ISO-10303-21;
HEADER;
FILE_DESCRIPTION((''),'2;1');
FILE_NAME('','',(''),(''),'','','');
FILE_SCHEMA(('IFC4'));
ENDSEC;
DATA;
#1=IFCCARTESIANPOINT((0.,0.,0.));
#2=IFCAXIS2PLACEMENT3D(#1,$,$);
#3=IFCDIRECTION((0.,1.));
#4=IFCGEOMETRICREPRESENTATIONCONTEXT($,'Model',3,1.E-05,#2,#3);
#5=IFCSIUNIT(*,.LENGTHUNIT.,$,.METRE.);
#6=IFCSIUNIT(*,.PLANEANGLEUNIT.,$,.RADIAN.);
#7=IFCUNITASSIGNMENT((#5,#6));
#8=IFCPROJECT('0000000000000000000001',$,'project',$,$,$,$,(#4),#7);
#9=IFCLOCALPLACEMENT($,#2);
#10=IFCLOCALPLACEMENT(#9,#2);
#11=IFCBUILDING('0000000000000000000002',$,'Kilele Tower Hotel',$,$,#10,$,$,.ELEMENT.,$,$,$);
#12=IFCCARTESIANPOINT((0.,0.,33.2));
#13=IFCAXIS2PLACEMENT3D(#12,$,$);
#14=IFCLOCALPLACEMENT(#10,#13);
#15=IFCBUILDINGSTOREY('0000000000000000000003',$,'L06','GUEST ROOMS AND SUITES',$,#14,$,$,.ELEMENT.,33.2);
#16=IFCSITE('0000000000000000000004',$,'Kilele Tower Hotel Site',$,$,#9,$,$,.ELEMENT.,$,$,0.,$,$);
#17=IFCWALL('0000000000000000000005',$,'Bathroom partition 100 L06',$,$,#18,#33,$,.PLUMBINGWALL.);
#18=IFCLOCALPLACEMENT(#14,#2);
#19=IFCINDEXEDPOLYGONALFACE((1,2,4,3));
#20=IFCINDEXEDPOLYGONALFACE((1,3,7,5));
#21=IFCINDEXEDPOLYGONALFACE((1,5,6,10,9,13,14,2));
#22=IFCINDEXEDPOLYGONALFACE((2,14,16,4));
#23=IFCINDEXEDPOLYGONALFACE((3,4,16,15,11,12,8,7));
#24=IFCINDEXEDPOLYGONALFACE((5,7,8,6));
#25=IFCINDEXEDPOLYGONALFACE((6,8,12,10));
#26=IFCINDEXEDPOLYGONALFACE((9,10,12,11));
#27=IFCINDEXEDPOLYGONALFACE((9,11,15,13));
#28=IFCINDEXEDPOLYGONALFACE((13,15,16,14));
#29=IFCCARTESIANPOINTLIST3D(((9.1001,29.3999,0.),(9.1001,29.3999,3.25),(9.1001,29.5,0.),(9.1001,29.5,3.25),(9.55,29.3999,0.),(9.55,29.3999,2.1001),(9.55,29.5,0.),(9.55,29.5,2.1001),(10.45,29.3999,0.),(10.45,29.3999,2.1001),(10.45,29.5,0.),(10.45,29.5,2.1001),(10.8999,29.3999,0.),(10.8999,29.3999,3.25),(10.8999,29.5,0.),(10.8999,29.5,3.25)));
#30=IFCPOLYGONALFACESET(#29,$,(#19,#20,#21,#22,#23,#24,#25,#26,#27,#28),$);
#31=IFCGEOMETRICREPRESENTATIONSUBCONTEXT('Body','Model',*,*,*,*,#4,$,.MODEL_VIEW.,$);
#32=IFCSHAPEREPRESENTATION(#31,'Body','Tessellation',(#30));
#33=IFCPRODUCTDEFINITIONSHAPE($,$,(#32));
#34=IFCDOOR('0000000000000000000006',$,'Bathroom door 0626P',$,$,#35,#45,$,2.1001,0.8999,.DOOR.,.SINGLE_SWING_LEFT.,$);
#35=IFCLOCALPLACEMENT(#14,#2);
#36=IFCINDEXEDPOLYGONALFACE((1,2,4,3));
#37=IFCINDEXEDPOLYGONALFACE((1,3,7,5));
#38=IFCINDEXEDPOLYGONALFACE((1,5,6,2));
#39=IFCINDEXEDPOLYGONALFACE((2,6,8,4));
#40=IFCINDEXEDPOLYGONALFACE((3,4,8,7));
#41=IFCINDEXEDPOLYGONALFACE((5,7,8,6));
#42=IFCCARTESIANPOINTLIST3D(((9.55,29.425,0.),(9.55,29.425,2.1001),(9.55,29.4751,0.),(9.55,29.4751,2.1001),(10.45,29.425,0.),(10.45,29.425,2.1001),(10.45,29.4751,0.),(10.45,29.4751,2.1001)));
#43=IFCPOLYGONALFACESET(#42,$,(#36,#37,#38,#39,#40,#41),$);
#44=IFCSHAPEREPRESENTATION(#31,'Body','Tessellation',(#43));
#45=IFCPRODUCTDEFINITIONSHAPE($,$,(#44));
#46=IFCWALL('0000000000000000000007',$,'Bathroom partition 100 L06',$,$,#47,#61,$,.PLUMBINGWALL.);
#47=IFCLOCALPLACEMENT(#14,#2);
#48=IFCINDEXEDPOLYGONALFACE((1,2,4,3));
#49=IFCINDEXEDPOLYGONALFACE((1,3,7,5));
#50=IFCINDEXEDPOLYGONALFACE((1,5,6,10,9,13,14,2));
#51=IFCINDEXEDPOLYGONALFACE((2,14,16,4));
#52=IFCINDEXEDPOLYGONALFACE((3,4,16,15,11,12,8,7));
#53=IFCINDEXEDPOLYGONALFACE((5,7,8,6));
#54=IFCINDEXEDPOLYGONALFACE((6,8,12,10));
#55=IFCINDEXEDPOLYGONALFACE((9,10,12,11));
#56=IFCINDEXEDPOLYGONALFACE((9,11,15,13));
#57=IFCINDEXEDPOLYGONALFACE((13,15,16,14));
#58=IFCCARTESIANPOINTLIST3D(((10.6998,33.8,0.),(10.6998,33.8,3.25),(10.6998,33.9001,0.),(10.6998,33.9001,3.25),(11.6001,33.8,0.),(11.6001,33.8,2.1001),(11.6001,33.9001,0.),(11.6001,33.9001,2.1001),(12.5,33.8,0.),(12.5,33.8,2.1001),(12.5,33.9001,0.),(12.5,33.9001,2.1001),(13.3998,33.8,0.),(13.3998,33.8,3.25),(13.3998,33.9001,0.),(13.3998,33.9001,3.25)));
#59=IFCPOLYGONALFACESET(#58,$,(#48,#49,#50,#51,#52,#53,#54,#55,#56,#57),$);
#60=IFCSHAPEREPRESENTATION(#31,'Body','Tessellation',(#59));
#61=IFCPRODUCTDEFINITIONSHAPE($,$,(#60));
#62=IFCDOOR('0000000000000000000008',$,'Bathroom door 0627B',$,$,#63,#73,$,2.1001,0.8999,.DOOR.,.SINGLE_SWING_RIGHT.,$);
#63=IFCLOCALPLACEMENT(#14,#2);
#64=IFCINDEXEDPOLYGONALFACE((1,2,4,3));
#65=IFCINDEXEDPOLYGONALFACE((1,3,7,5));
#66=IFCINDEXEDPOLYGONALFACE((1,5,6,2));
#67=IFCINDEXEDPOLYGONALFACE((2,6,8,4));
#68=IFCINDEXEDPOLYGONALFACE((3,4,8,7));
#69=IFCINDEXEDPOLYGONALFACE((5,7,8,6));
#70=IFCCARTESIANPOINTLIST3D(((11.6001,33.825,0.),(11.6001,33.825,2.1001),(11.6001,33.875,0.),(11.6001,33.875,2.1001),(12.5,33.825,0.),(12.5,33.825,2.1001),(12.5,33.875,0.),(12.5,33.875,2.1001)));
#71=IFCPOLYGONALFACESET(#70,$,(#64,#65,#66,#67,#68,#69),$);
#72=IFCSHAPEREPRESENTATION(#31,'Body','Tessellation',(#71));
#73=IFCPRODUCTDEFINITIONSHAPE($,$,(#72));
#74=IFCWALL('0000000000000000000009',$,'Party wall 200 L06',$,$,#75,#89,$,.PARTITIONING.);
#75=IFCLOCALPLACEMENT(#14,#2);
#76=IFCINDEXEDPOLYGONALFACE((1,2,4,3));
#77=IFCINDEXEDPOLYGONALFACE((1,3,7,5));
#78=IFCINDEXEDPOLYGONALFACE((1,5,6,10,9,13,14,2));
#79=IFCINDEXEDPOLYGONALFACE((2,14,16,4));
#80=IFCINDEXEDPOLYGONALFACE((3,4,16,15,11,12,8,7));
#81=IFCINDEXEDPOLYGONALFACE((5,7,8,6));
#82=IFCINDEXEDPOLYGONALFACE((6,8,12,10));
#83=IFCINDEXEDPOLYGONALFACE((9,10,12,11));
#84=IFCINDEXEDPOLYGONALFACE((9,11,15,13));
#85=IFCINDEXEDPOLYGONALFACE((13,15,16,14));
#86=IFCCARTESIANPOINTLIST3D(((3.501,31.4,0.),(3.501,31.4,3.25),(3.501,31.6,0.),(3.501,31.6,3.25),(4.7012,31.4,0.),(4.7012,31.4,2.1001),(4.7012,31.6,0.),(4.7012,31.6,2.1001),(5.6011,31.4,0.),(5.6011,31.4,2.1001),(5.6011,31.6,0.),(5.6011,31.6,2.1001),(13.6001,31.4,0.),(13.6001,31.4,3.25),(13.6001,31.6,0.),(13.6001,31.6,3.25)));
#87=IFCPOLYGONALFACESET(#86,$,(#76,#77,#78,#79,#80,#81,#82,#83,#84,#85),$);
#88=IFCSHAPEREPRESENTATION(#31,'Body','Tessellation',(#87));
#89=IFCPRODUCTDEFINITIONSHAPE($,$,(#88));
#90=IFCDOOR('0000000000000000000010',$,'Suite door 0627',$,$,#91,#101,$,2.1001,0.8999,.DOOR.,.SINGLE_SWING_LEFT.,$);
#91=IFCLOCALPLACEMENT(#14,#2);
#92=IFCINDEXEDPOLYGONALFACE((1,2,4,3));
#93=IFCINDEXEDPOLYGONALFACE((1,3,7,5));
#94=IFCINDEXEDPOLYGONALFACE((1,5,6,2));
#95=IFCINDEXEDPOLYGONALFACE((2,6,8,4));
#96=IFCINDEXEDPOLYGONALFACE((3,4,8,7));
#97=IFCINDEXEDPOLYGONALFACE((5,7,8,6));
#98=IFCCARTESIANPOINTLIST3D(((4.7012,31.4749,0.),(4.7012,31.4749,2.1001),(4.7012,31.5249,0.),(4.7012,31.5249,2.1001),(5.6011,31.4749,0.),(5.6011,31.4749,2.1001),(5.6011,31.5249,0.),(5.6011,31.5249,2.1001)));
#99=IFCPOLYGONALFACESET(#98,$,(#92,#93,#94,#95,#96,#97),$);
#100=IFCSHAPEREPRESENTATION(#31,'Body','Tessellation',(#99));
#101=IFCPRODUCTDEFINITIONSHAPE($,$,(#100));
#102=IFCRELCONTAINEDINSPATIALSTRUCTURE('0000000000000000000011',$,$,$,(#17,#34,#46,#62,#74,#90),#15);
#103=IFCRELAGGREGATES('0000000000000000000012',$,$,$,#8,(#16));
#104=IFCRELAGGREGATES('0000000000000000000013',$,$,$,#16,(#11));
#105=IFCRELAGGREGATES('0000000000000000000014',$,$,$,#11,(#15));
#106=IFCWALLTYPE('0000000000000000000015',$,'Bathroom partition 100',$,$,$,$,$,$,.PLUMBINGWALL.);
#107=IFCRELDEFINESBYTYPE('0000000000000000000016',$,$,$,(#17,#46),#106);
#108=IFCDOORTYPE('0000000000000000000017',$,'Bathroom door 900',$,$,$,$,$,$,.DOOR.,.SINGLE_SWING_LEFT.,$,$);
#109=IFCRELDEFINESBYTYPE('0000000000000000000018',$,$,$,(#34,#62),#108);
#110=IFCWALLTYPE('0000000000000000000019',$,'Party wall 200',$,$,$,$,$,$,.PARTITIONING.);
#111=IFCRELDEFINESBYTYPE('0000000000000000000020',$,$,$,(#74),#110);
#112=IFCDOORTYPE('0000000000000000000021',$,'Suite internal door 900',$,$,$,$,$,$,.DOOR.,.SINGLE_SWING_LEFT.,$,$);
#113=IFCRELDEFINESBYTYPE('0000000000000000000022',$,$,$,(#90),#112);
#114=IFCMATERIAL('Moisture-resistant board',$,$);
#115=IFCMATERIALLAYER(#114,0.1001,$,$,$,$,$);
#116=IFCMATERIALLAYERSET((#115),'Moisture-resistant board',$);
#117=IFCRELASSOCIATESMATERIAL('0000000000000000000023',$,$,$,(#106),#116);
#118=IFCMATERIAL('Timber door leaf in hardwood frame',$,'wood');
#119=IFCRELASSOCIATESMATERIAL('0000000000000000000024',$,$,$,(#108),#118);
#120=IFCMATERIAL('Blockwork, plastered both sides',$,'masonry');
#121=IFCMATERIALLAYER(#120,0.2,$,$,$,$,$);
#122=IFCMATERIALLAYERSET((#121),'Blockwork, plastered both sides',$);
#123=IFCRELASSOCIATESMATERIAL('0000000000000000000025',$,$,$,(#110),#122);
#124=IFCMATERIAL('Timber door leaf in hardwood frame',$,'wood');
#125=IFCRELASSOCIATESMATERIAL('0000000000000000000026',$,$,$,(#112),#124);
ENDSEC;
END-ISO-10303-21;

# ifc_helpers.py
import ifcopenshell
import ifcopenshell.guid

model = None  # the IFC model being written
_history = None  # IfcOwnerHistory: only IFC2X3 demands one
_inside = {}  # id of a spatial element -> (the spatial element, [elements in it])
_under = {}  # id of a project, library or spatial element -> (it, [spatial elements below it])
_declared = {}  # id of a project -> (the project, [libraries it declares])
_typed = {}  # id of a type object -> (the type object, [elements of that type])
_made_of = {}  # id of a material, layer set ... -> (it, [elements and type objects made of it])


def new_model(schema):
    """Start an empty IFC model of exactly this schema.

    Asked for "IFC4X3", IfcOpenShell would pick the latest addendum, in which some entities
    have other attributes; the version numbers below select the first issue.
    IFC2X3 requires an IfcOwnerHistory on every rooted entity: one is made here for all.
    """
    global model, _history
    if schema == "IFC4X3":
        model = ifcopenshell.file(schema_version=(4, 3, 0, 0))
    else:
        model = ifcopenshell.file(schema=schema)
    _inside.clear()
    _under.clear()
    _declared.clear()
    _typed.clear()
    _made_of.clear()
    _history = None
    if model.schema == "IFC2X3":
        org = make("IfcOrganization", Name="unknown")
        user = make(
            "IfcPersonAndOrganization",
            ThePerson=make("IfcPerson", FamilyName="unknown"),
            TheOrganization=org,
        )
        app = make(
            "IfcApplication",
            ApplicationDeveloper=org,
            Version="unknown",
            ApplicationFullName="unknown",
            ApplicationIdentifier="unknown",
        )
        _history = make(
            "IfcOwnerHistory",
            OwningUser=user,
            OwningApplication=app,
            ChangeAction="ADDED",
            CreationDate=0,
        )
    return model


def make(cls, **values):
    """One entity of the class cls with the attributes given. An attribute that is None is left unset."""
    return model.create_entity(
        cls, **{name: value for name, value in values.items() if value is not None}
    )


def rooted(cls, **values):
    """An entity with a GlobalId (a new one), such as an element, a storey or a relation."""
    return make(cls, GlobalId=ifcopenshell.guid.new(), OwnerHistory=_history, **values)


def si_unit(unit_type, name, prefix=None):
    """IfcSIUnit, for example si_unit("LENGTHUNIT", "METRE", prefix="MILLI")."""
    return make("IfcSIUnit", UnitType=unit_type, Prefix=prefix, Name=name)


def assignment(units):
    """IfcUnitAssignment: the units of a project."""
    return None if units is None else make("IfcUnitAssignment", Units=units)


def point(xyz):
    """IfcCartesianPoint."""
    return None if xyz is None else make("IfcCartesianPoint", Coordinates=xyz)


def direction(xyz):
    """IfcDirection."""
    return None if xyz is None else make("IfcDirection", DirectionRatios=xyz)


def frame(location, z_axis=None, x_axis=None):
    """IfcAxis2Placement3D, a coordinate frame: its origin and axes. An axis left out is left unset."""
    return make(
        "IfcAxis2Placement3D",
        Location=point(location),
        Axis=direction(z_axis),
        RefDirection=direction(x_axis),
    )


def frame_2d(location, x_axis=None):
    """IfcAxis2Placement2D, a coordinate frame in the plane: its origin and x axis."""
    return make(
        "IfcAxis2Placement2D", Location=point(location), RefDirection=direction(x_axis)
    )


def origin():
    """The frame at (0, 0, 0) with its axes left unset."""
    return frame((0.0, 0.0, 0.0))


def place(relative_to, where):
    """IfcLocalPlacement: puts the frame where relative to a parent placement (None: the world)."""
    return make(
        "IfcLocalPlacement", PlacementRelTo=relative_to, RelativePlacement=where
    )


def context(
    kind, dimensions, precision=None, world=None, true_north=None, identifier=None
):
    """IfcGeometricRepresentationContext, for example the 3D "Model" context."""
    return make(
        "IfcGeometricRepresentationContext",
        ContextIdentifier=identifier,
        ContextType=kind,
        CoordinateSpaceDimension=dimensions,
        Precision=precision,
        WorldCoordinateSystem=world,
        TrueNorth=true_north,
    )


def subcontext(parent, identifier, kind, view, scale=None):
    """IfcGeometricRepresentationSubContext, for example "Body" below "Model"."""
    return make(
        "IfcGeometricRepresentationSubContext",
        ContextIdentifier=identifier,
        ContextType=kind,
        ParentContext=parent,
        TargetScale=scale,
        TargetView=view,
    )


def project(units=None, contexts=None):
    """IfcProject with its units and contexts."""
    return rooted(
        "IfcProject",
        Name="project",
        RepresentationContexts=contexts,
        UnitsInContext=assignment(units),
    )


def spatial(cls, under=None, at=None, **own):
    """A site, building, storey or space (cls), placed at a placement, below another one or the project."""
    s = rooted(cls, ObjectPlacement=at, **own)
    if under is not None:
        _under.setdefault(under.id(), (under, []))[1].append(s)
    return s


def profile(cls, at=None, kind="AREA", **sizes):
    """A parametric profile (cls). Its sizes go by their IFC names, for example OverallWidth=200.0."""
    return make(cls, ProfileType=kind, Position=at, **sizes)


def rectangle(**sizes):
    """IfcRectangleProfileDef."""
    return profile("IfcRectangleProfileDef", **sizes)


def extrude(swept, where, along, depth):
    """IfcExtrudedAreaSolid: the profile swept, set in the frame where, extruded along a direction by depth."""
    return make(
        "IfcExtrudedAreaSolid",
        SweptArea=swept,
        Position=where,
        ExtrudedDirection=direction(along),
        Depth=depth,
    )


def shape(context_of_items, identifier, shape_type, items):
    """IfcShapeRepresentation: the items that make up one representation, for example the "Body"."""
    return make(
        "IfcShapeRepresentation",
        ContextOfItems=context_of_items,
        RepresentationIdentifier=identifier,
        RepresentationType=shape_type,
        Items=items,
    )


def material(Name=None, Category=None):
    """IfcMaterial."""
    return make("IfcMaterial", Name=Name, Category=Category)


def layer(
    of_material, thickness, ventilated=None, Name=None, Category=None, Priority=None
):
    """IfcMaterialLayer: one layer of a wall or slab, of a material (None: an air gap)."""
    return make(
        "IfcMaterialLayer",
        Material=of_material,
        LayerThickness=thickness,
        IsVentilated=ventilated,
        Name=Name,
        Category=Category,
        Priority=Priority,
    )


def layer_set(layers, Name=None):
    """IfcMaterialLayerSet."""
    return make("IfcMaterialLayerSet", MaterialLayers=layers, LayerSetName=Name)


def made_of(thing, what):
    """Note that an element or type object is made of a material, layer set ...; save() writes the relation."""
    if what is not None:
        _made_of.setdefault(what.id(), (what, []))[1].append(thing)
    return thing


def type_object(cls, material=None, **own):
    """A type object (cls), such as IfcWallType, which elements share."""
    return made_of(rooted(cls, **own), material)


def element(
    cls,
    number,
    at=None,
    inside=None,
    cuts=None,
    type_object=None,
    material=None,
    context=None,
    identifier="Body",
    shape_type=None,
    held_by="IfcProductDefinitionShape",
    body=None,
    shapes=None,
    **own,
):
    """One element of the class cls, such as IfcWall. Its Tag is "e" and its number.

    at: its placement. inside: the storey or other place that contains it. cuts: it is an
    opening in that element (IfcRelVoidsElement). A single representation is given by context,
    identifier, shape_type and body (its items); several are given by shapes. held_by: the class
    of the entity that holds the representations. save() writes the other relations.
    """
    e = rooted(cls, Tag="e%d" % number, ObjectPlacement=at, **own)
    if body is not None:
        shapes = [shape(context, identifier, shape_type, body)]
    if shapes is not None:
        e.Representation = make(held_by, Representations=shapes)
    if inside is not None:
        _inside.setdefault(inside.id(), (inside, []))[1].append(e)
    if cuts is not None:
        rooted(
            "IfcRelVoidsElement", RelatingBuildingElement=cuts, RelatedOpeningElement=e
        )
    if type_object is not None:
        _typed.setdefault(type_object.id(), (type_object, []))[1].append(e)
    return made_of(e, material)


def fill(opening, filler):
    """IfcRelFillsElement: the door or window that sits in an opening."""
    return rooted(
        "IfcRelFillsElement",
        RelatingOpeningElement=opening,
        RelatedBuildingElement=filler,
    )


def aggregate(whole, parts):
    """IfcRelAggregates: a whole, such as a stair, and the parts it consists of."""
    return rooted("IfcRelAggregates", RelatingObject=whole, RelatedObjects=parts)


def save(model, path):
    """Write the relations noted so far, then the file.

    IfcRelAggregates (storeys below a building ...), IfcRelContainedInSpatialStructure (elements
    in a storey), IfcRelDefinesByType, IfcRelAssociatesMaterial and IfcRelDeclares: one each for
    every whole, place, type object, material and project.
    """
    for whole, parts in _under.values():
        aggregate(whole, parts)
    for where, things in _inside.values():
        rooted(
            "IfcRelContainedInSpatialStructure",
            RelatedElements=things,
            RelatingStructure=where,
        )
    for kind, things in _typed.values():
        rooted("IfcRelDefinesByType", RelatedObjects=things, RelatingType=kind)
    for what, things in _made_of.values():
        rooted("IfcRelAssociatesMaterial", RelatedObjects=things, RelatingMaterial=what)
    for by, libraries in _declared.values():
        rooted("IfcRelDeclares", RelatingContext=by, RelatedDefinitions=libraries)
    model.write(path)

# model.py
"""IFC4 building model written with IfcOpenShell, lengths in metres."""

from ifc_helpers import new_model, si_unit, direction, frame, frame_2d, origin, place, context, subcontext, project, spatial, rectangle, extrude, material, layer, layer_set, type_object, element, fill, save


model = new_model("IFC4")

# Units and contexts
model_context = context("Model", 3, precision=1e-05, world=origin(), true_north=direction((0.0, 1.0)))
body_context = subcontext(model_context, "Body", "Model", "MODEL_VIEW")
ifc_project = project(units=[si_unit("LENGTHUNIT", "METRE"), si_unit("PLANEANGLEUNIT", "RADIAN")], contexts=[model_context])

# Site, building, storey
site_placement = place(None, origin())
site = spatial("IfcSite", under=ifc_project, at=site_placement, Name="Kilele Tower Hotel Site", CompositionType="ELEMENT", RefElevation=0.0)
building_placement = place(site_placement, origin())
building = spatial("IfcBuilding", under=site, at=building_placement, Name="Kilele Tower Hotel", CompositionType="ELEMENT")
storey_placement = place(building_placement, frame((0.0, 0.0, 33.2)))
storey = spatial("IfcBuildingStorey", under=building, at=storey_placement, Name="L06", Description="GUEST ROOMS AND SUITES", CompositionType="ELEMENT", Elevation=33.2)

# Shared definitions
ifc_material_1 = material(Name="Moisture-resistant board")
ifc_layer_1 = layer(ifc_material_1, 0.1001)
ifc_layer_set_1 = layer_set([ifc_layer_1], Name="Moisture-resistant board")
wall_type_1 = type_object("IfcWallType", Name="Bathroom partition 100", PredefinedType="PLUMBINGWALL", material=ifc_layer_set_1)

# Shared definitions
ifc_material_2 = material(Name="Timber door leaf in hardwood frame", Category="wood")
door_type_1 = type_object("IfcDoorType", Name="Bathroom door 900", OperationType="SINGLE_SWING_LEFT", PredefinedType="DOOR", material=ifc_material_2)

# Walls, openings, doors
wall_1_placement = place(storey_placement, frame((10.8999, 29.45, 0.0), z_axis=(0.0, 0.0, 1.0), x_axis=(-1.0, 0.0, 0.0)))
wall_1 = element("IfcWall", 1, at=wall_1_placement, inside=storey, type_object=wall_type_1, Name="Bathroom partition 100 L06", PredefinedType="PLUMBINGWALL", context=body_context, shape_type="SweptSolid", body=[
    extrude(rectangle(XDim=1.7998, YDim=0.1001, at=frame_2d((0.8999, 0.0))), origin(), (0.0, 0.0, 1.0), 3.25),
])
opening_1_placement = place(wall_1_placement, frame((0.45, 0.0, 0.0)))
opening_1 = element("IfcOpeningElement", 2, at=opening_1_placement, cuts=wall_1, PredefinedType="OPENING", context=body_context, shape_type="SweptSolid", body=[
    extrude(rectangle(XDim=0.8999, YDim=2.1001, at=frame_2d((0.45, 1.05))), frame((0.0, 0.0601, 0.0), z_axis=(0.0, -1.0, 0.0), x_axis=(1.0, 0.0, 0.0)), (0.0, 0.0, 1.0), 0.1201),
])
door_1_placement = place(opening_1_placement, origin())
door_1 = element("IfcDoor", 3, at=door_1_placement, inside=storey, type_object=door_type_1, Name="Bathroom door 0626P", OperationType="SINGLE_SWING_LEFT", OverallHeight=2.1001, OverallWidth=0.8999, PredefinedType="DOOR", context=body_context, shape_type="SweptSolid", body=[
    extrude(rectangle(XDim=0.8999, YDim=2.1001, at=frame_2d((0.45, 1.05))), frame((0.0, 0.0249, 0.0), z_axis=(0.0, -1.0, 0.0), x_axis=(1.0, 0.0, 0.0)), (0.0, 0.0, 1.0), 0.05),
])
fill(opening_1, door_1)
wall_2_placement = place(storey_placement, frame((13.3999, 33.8501, 0.0), z_axis=(0.0, 0.0, 1.0), x_axis=(-1.0, 0.0, 0.0)))
wall_2 = element("IfcWall", 4, at=wall_2_placement, inside=storey, type_object=wall_type_1, Name="Bathroom partition 100 L06", PredefinedType="PLUMBINGWALL", context=body_context, shape_type="SweptSolid", body=[
    extrude(rectangle(XDim=2.7, YDim=0.1001, at=frame_2d((1.3501, 0.0))), origin(), (0.0, 0.0, 1.0), 3.25),
])
opening_2_placement = place(wall_2_placement, frame((1.7998, 0.0, 0.0), z_axis=(0.0, 0.0, 1.0), x_axis=(-1.0, 0.0, 0.0)))
opening_2 = element("IfcOpeningElement", 5, at=opening_2_placement, cuts=wall_2, PredefinedType="OPENING", context=body_context, shape_type="SweptSolid", body=[
    extrude(rectangle(XDim=0.8999, YDim=2.1001, at=frame_2d((0.45, 1.05))), frame((0.0, 0.0601, 0.0), z_axis=(0.0, -1.0, 0.0), x_axis=(1.0, 0.0, 0.0)), (0.0, 0.0, 1.0), 0.1201),
])
door_2_placement = place(opening_2_placement, origin())
door_2 = element("IfcDoor", 6, at=door_2_placement, inside=storey, type_object=door_type_1, Name="Bathroom door 0627B", OperationType="SINGLE_SWING_RIGHT", OverallHeight=2.1001, OverallWidth=0.8999, PredefinedType="DOOR", context=body_context, shape_type="SweptSolid", body=[
    extrude(rectangle(XDim=0.8999, YDim=2.1001, at=frame_2d((0.45, 1.05))), frame((0.0, 0.0249, 0.0), z_axis=(0.0, -1.0, 0.0), x_axis=(1.0, 0.0, 0.0)), (0.0, 0.0, 1.0), 0.05),
])
fill(opening_2, door_2)
ifc_material_3 = material(Name="Blockwork, plastered both sides", Category="masonry")
ifc_layer_2 = layer(ifc_material_3, 0.2)
ifc_layer_set_2 = layer_set([ifc_layer_2], Name="Blockwork, plastered both sides")
wall_type_2 = type_object("IfcWallType", Name="Party wall 200", PredefinedType="PARTITIONING", material=ifc_layer_set_2)
wall_3_placement = place(storey_placement, frame((13.6001, 31.5, 0.0), z_axis=(0.0, 0.0, 1.0), x_axis=(-1.0, 0.0, 0.0)))
wall_3 = element("IfcWall", 7, at=wall_3_placement, inside=storey, type_object=wall_type_2, Name="Party wall 200 L06", PredefinedType="PARTITIONING", context=body_context, shape_type="SweptSolid", body=[
    extrude(rectangle(XDim=10.0991, YDim=0.2, at=frame_2d((5.0496, 0.0))), origin(), (0.0, 0.0, 1.0), 3.25),
])
opening_3_placement = place(wall_3_placement, frame((8.8989, 0.0, 0.0), z_axis=(0.0, 0.0, 1.0), x_axis=(-1.0, 0.0, 0.0)))
opening_3 = element("IfcOpeningElement", 8, at=opening_3_placement, cuts=wall_3, PredefinedType="OPENING", context=body_context, shape_type="SweptSolid", body=[
    extrude(rectangle(XDim=0.8999, YDim=2.1001, at=frame_2d((0.45, 1.05))), frame((0.0, 0.1099, 0.0), z_axis=(0.0, -1.0, 0.0), x_axis=(1.0, 0.0, 0.0)), (0.0, 0.0, 1.0), 0.22),
])
ifc_material_4 = material(Name="Timber door leaf in hardwood frame", Category="wood")
door_type_2 = type_object("IfcDoorType", Name="Suite internal door 900", OperationType="SINGLE_SWING_LEFT", PredefinedType="DOOR", material=ifc_material_4)
door_3_placement = place(opening_3_placement, origin())
door_3 = element("IfcDoor", 9, at=door_3_placement, inside=storey, type_object=door_type_2, Name="Suite door 0627", OperationType="SINGLE_SWING_LEFT", OverallHeight=2.1001, OverallWidth=0.8999, PredefinedType="DOOR", context=body_context, shape_type="SweptSolid", body=[
    extrude(rectangle(XDim=0.8999, YDim=2.1001, at=frame_2d((0.45, 1.05))), frame((0.0, 0.0249, 0.0), z_axis=(0.0, -1.0, 0.0), x_axis=(1.0, 0.0, 0.0)), (0.0, 0.0, 1.0), 0.05),
])
fill(opening_3, door_3)

save(model, "model.ifc")
